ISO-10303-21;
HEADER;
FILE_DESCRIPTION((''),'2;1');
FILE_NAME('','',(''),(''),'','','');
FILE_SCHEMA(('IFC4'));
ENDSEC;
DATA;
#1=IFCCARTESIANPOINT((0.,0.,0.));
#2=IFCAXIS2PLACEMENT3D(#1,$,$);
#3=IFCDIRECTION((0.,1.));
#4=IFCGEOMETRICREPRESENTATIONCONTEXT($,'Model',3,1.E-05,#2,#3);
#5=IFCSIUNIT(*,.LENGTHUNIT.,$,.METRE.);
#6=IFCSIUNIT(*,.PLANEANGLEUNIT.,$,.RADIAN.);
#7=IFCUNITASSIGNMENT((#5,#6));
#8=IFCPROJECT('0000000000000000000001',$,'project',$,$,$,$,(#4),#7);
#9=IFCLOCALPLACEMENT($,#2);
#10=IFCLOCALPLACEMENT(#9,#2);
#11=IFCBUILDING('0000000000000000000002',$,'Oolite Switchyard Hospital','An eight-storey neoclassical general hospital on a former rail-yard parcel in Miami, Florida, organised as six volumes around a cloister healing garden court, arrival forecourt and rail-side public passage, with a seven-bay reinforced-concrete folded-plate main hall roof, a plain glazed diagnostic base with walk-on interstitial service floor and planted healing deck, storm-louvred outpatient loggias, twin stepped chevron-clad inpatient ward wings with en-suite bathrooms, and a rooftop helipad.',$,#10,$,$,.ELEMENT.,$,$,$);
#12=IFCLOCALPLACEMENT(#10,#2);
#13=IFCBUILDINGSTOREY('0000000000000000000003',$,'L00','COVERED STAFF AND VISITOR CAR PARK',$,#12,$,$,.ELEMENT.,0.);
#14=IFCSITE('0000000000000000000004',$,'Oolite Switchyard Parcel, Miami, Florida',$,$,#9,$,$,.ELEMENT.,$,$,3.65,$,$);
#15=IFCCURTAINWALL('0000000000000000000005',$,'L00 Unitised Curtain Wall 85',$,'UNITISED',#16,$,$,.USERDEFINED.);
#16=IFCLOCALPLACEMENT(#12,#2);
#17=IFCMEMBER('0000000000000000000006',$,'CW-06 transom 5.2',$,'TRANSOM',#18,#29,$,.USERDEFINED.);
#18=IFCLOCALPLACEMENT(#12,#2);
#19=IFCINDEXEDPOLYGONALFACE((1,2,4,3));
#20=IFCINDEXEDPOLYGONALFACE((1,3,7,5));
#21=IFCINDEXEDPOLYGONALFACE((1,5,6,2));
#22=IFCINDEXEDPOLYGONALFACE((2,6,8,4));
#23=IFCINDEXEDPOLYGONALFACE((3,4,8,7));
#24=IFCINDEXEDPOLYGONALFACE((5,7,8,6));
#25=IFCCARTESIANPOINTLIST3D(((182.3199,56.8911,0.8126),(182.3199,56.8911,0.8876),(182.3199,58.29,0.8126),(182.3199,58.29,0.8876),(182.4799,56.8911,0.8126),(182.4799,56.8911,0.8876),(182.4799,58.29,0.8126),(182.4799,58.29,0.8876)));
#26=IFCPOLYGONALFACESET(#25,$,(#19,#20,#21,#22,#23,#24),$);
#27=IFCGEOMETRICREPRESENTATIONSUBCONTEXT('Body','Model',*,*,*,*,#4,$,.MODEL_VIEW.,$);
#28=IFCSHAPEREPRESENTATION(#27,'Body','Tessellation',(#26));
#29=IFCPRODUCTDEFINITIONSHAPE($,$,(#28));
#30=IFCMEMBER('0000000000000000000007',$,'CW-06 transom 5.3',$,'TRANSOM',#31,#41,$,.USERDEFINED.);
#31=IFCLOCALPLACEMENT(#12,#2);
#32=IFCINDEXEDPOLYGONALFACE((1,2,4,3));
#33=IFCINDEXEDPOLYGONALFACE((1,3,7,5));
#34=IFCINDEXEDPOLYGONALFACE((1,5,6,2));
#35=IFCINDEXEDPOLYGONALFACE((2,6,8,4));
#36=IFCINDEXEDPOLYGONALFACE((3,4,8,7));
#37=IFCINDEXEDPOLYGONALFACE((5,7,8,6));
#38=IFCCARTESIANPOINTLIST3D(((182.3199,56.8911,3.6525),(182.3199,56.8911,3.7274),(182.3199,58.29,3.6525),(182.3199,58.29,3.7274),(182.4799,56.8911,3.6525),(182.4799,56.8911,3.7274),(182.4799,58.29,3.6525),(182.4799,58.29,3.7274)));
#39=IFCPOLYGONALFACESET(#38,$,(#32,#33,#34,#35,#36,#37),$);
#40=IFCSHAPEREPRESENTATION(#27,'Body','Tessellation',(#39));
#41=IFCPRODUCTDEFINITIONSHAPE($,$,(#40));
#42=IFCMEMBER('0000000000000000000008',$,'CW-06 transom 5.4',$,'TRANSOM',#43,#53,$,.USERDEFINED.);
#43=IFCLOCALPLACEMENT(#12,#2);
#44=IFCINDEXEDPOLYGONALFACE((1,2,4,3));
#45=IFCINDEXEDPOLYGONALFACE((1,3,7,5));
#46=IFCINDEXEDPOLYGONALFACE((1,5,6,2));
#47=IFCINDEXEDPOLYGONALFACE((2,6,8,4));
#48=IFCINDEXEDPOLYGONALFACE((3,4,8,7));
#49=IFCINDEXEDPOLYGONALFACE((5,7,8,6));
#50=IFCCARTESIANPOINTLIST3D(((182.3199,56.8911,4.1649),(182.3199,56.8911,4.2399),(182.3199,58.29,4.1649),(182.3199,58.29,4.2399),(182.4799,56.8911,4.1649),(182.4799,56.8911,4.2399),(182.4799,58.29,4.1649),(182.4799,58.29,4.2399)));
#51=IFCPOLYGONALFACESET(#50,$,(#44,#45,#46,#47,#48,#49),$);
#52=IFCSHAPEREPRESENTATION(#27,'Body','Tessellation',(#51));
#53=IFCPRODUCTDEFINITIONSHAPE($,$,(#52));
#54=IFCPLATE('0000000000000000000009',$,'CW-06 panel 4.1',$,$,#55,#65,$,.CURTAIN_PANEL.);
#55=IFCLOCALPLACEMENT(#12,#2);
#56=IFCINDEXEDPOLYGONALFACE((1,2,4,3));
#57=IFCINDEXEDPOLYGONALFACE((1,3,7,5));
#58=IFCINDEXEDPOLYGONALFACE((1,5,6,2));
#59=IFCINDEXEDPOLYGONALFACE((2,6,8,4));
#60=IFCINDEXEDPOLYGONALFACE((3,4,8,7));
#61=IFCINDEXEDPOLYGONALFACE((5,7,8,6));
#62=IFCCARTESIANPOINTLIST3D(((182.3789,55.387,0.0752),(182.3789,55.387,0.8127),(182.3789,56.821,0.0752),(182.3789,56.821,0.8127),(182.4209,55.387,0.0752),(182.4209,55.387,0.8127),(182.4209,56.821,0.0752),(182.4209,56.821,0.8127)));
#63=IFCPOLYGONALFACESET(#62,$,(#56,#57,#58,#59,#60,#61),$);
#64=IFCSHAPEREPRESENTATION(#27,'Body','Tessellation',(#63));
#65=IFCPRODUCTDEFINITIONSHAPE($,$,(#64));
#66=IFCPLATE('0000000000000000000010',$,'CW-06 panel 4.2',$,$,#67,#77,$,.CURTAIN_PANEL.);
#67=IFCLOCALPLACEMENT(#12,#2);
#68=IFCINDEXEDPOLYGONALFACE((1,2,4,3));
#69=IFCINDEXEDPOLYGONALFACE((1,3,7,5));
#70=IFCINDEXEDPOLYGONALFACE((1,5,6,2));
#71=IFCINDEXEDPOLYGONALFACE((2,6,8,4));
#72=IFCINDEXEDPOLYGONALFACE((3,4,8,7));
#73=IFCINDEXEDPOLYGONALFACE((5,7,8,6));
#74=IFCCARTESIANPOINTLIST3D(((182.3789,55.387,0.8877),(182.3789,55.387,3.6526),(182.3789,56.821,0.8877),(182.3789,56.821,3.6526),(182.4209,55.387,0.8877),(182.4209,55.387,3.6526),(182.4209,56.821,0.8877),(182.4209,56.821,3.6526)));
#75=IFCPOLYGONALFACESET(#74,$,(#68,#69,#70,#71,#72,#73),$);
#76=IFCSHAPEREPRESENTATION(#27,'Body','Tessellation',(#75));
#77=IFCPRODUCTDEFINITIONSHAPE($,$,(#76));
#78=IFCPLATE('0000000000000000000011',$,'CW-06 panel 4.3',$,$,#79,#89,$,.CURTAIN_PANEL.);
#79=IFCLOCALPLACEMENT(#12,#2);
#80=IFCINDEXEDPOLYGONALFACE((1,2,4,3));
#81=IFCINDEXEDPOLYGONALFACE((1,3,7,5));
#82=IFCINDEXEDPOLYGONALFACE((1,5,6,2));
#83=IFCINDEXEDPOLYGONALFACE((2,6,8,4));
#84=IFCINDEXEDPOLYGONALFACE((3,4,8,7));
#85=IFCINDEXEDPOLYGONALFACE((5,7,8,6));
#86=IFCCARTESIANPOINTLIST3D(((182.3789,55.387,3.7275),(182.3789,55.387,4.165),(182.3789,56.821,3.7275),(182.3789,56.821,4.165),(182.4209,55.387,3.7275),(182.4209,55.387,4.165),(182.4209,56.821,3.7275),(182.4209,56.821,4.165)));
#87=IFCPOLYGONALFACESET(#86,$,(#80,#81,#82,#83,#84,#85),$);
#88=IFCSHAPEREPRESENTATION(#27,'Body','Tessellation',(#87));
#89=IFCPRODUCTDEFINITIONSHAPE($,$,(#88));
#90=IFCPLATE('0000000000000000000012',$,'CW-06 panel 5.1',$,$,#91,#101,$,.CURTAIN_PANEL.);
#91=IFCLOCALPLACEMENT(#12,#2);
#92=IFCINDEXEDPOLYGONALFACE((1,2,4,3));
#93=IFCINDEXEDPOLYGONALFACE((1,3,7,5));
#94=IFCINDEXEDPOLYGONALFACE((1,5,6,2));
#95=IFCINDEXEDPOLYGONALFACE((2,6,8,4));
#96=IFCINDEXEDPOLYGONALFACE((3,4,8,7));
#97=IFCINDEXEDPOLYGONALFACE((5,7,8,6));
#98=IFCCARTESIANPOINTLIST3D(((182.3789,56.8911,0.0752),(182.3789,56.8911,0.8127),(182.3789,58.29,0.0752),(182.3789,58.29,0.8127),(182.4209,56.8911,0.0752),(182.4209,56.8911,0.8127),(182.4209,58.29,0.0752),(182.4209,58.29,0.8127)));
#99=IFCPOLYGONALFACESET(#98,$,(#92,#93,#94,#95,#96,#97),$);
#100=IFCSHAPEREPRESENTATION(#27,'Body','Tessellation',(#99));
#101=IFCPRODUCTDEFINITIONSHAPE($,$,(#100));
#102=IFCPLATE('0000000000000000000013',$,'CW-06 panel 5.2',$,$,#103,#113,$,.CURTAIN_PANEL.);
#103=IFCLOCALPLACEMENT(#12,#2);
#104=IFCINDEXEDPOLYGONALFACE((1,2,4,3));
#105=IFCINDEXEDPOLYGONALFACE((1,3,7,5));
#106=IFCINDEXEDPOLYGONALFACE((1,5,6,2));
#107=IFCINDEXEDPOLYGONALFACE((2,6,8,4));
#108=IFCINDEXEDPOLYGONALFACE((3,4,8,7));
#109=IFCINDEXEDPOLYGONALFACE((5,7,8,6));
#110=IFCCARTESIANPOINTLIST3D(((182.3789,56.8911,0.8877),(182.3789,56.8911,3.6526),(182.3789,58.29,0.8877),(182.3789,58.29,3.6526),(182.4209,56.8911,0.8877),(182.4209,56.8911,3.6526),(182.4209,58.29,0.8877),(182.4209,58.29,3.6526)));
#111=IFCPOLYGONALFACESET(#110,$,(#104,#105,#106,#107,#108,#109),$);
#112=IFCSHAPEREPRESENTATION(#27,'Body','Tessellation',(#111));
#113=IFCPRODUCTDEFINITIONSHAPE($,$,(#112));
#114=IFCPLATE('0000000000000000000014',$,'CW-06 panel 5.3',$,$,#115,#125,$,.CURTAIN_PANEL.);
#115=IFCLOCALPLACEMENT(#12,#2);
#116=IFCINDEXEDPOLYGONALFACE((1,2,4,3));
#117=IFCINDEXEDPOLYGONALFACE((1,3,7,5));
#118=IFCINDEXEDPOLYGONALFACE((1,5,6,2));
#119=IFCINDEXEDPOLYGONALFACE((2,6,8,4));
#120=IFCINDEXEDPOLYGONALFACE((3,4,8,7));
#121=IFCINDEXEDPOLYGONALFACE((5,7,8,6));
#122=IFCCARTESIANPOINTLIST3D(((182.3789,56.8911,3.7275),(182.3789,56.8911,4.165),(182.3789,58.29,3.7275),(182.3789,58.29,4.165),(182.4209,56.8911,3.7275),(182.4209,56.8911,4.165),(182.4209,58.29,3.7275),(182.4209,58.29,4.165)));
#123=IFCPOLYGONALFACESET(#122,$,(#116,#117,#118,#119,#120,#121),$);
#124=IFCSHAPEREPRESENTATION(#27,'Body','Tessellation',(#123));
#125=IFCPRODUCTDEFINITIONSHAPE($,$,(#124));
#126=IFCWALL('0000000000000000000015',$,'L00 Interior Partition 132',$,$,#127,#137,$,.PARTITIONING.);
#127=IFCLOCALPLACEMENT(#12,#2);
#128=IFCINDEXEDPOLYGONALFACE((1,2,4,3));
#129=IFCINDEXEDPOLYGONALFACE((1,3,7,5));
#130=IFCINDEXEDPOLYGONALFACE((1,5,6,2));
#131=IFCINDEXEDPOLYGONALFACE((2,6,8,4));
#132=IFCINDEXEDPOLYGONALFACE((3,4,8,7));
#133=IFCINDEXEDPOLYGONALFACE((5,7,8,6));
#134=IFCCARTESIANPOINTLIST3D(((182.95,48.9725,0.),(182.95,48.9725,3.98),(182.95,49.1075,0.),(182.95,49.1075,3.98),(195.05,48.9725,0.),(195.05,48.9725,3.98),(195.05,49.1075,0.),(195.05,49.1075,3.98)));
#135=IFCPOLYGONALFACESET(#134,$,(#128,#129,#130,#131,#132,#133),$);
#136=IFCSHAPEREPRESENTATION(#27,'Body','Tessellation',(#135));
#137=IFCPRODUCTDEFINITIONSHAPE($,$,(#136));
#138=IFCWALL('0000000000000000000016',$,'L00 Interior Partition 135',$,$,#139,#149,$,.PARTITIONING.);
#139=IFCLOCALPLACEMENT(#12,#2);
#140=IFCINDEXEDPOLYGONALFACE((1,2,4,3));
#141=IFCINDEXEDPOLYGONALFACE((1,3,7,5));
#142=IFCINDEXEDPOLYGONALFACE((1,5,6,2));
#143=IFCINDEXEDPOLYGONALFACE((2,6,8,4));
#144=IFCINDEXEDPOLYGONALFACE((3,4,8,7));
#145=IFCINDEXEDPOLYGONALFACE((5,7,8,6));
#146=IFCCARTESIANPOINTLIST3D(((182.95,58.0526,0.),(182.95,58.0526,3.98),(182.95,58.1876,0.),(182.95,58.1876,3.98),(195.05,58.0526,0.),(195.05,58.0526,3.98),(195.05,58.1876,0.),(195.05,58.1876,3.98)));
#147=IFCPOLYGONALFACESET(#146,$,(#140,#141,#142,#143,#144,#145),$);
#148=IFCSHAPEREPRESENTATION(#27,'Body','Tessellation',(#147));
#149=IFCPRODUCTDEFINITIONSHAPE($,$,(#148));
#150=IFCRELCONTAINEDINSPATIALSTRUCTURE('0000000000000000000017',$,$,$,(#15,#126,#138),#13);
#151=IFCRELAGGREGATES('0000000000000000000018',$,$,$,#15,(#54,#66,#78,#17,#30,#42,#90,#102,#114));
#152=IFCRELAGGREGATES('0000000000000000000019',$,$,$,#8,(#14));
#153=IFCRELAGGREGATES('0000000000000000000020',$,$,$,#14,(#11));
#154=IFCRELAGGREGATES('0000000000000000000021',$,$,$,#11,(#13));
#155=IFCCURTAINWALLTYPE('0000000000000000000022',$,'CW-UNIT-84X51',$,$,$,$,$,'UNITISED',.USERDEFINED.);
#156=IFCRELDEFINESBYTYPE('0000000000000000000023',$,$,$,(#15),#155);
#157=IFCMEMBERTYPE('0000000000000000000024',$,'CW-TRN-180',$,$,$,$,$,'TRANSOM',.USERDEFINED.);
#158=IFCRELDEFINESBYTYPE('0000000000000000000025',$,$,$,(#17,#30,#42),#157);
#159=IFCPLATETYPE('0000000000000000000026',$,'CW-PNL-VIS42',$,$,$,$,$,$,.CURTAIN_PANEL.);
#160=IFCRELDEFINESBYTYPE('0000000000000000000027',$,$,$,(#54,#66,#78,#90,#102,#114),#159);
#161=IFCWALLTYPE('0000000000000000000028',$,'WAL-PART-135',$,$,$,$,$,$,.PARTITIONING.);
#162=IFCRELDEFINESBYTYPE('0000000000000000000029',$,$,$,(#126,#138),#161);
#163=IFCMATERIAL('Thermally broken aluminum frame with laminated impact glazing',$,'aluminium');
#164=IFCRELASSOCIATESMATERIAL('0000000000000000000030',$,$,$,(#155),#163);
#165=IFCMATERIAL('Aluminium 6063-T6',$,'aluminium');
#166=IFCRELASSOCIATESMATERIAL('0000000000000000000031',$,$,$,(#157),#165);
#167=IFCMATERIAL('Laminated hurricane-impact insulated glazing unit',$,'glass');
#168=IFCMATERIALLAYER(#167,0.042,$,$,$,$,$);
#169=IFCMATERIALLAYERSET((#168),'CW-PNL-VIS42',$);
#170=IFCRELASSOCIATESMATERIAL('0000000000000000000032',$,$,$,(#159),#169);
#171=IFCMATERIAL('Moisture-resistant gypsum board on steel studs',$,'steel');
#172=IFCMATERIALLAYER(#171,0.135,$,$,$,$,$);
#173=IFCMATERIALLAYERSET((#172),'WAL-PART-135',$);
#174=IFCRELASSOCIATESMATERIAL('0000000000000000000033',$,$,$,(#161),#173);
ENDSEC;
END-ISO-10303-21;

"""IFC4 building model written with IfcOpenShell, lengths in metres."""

from ifc_helpers import new_model, si_unit, direction, frame, frame_2d, origin, origin_2d, place, context, subcontext, project, spatial, rectangle, extrude, material, layer, layer_set, material_profile, profile_set, type_object, element, aggregate, save


model = new_model("IFC4")

# Units and contexts
model_context = context("Model", 3, precision=1e-05, world=origin(), true_north=direction((0.0, 1.0)))
body_context = subcontext(model_context, "Body", "Model", "MODEL_VIEW")
ifc_project = project(units=[si_unit("LENGTHUNIT", "METRE"), si_unit("PLANEANGLEUNIT", "RADIAN")], contexts=[model_context])

# Site, building, storey
site_placement = place(None, origin())
site = spatial("IfcSite", under=ifc_project, at=site_placement, Name="Oolite Switchyard Parcel, Miami, Florida", CompositionType="ELEMENT", RefElevation=3.65)
building_placement = place(site_placement, origin())
building = spatial("IfcBuilding", under=site, at=building_placement, Name="Oolite Switchyard Hospital", Description="An eight-storey neoclassical general hospital on a former rail-yard parcel in Miami, Florida, organised as six volumes around a cloister healing garden court, arrival forecourt and rail-side public passage, with a seven-bay reinforced-concrete folded-plate main hall roof, a plain glazed diagnostic base with walk-on interstitial service floor and planted healing deck, storm-louvred outpatient loggias, twin stepped chevron-clad inpatient ward wings with en-suite bathrooms, and a rooftop helipad.", CompositionType="ELEMENT")
storey_placement = place(building_placement, origin())
storey = spatial("IfcBuildingStorey", under=building, at=storey_placement, Name="L00", Description="COVERED STAFF AND VISITOR CAR PARK", CompositionType="ELEMENT", Elevation=0.0)

# Curtain wall, members, plates
ifc_material_1 = material(Name="Thermally broken aluminum frame with laminated impact glazing", Category="aluminium")
curtain_wall_type = type_object("IfcCurtainWallType", Name="CW-UNIT-84X51", ElementType="UNITISED", PredefinedType="USERDEFINED", material=ifc_material_1)
curtain_wall_placement = place(storey_placement, origin())
curtain_wall = element("IfcCurtainWall", 1, at=curtain_wall_placement, inside=storey, type_object=curtain_wall_type, Name="L00 Unitised Curtain Wall 85", ObjectType="UNITISED", PredefinedType="USERDEFINED")
ifc_material_2 = material(Name="Aluminium 6063-T6", Category="aluminium")
ifc_material_profile_1 = material_profile(ifc_material_2, rectangle(XDim=0.1599, YDim=0.075, at=origin_2d()), Name="CWT75X160")
ifc_profile_set_1 = profile_set([ifc_material_profile_1], Name="Aluminium 6063-T6")
member_type_1 = type_object("IfcMemberType", Name="CW-TRN-180", ElementType="TRANSOM", PredefinedType="USERDEFINED", material=ifc_profile_set_1)
member_1_placement = place(storey_placement, frame((182.3999, 56.8911, 0.8501), z_axis=(0.0, 1.0, 0.0), x_axis=(-1.0, 0.0, 0.0)))
member_1 = element("IfcMember", 2, at=member_1_placement, type_object=member_type_1, Name="CW-06 transom 5.2", ObjectType="TRANSOM", PredefinedType="USERDEFINED", context=body_context, shape_type="SweptSolid", body=[
    extrude(rectangle(XDim=0.1599, YDim=0.075, at=origin_2d()), origin(), (0.0, 0.0, 1.0), 1.3989),
])
member_2_placement = place(storey_placement, frame((182.3999, 56.8911, 3.6899), z_axis=(0.0, 1.0, 0.0), x_axis=(-1.0, 0.0, 0.0)))
member_2 = element("IfcMember", 3, at=member_2_placement, type_object=member_type_1, Name="CW-06 transom 5.3", ObjectType="TRANSOM", PredefinedType="USERDEFINED", context=body_context, shape_type="SweptSolid", body=[
    extrude(rectangle(XDim=0.1599, YDim=0.075, at=origin_2d()), origin(), (0.0, 0.0, 1.0), 1.3989),
])
member_3_placement = place(storey_placement, frame((182.3999, 56.8911, 4.2024), z_axis=(0.0, 1.0, 0.0), x_axis=(-1.0, 0.0, 0.0)))
member_3 = element("IfcMember", 4, at=member_3_placement, type_object=member_type_1, Name="CW-06 transom 5.4", ObjectType="TRANSOM", PredefinedType="USERDEFINED", context=body_context, shape_type="SweptSolid", body=[
    extrude(rectangle(XDim=0.1599, YDim=0.075, at=origin_2d()), origin(), (0.0, 0.0, 1.0), 1.3989),
])
ifc_material_3 = material(Name="Laminated hurricane-impact insulated glazing unit", Category="glass")
ifc_layer_1 = layer(ifc_material_3, 0.042)
ifc_layer_set_1 = layer_set([ifc_layer_1], Name="CW-PNL-VIS42")
plate_type = type_object("IfcPlateType", Name="CW-PNL-VIS42", PredefinedType="CURTAIN_PANEL", material=ifc_layer_set_1)
plate_1_placement = place(storey_placement, frame((182.3999, 56.104, 0.0752), z_axis=(0.0, 0.0, 1.0), x_axis=(0.0, 1.0, 0.0)))
plate_1 = element("IfcPlate", 5, at=plate_1_placement, type_object=plate_type, Name="CW-06 panel 4.1", PredefinedType="CURTAIN_PANEL", context=body_context, shape_type="SweptSolid", body=[
    extrude(rectangle(XDim=1.4341, YDim=0.042, at=origin_2d()), origin(), (0.0, 0.0, 1.0), 0.7375),
])
plate_2_placement = place(storey_placement, frame((182.3999, 56.104, 0.8877), z_axis=(0.0, 0.0, 1.0), x_axis=(0.0, 1.0, 0.0)))
plate_2 = element("IfcPlate", 6, at=plate_2_placement, type_object=plate_type, Name="CW-06 panel 4.2", PredefinedType="CURTAIN_PANEL", context=body_context, shape_type="SweptSolid", body=[
    extrude(rectangle(XDim=1.4341, YDim=0.042, at=origin_2d()), origin(), (0.0, 0.0, 1.0), 2.7649),
])
plate_3_placement = place(storey_placement, frame((182.3999, 56.104, 3.7275), z_axis=(0.0, 0.0, 1.0), x_axis=(0.0, 1.0, 0.0)))
plate_3 = element("IfcPlate", 7, at=plate_3_placement, type_object=plate_type, Name="CW-06 panel 4.3", PredefinedType="CURTAIN_PANEL", context=body_context, shape_type="SweptSolid", body=[
    extrude(rectangle(XDim=1.4341, YDim=0.042, at=origin_2d()), origin(), (0.0, 0.0, 1.0), 0.4375),
])
plate_4_placement = place(storey_placement, frame((182.3999, 57.5906, 0.0752), z_axis=(0.0, 0.0, 1.0), x_axis=(0.0, 1.0, 0.0)))
plate_4 = element("IfcPlate", 8, at=plate_4_placement, type_object=plate_type, Name="CW-06 panel 5.1", PredefinedType="CURTAIN_PANEL", context=body_context, shape_type="SweptSolid", body=[
    extrude(rectangle(XDim=1.3989, YDim=0.042, at=origin_2d()), origin(), (0.0, 0.0, 1.0), 0.7375),
])
plate_5_placement = place(storey_placement, frame((182.3999, 57.5906, 0.8877), z_axis=(0.0, 0.0, 1.0), x_axis=(0.0, 1.0, 0.0)))
plate_5 = element("IfcPlate", 9, at=plate_5_placement, type_object=plate_type, Name="CW-06 panel 5.2", PredefinedType="CURTAIN_PANEL", context=body_context, shape_type="SweptSolid", body=[
    extrude(rectangle(XDim=1.3989, YDim=0.042, at=origin_2d()), origin(), (0.0, 0.0, 1.0), 2.7649),
])
plate_6_placement = place(storey_placement, frame((182.3999, 57.5906, 3.7275), z_axis=(0.0, 0.0, 1.0), x_axis=(0.0, 1.0, 0.0)))
plate_6 = element("IfcPlate", 10, at=plate_6_placement, type_object=plate_type, Name="CW-06 panel 5.3", PredefinedType="CURTAIN_PANEL", context=body_context, shape_type="SweptSolid", body=[
    extrude(rectangle(XDim=1.3989, YDim=0.042, at=origin_2d()), origin(), (0.0, 0.0, 1.0), 0.4375),
])
aggregate(curtain_wall, [plate_1, plate_2, plate_3, member_1, member_2, member_3, plate_4, plate_5, plate_6])

# Walls
ifc_material_4 = material(Name="Moisture-resistant gypsum board on steel studs", Category="steel")
ifc_layer_2 = layer(ifc_material_4, 0.135)
ifc_layer_set_2 = layer_set([ifc_layer_2], Name="WAL-PART-135")
wall_type = type_object("IfcWallType", Name="WAL-PART-135", PredefinedType="PARTITIONING", material=ifc_layer_set_2)
for number, where, z_axis, x_axis, name in (
    (11, (182.95, 49.04, 0.0), (0.0, 0.0, 1.0), (1.0, 0.0, 0.0), "L00 Interior Partition 132"),
    (12, (182.95, 58.1201, 0.0), (0.0, 0.0, 1.0), (1.0, 0.0, 0.0), "L00 Interior Partition 135"),
):
    element("IfcWall", number, at=place(storey_placement, frame(where, z_axis=z_axis, x_axis=x_axis)), inside=storey, type_object=wall_type, Name=name, PredefinedType="PARTITIONING", context=body_context, shape_type="SweptSolid", body=[
        extrude(rectangle(XDim=12.1001, YDim=0.135, at=frame_2d((6.05, 0.0))), origin(), (0.0, 0.0, 1.0), 3.98),
    ])

save(model, "model.ifc")
